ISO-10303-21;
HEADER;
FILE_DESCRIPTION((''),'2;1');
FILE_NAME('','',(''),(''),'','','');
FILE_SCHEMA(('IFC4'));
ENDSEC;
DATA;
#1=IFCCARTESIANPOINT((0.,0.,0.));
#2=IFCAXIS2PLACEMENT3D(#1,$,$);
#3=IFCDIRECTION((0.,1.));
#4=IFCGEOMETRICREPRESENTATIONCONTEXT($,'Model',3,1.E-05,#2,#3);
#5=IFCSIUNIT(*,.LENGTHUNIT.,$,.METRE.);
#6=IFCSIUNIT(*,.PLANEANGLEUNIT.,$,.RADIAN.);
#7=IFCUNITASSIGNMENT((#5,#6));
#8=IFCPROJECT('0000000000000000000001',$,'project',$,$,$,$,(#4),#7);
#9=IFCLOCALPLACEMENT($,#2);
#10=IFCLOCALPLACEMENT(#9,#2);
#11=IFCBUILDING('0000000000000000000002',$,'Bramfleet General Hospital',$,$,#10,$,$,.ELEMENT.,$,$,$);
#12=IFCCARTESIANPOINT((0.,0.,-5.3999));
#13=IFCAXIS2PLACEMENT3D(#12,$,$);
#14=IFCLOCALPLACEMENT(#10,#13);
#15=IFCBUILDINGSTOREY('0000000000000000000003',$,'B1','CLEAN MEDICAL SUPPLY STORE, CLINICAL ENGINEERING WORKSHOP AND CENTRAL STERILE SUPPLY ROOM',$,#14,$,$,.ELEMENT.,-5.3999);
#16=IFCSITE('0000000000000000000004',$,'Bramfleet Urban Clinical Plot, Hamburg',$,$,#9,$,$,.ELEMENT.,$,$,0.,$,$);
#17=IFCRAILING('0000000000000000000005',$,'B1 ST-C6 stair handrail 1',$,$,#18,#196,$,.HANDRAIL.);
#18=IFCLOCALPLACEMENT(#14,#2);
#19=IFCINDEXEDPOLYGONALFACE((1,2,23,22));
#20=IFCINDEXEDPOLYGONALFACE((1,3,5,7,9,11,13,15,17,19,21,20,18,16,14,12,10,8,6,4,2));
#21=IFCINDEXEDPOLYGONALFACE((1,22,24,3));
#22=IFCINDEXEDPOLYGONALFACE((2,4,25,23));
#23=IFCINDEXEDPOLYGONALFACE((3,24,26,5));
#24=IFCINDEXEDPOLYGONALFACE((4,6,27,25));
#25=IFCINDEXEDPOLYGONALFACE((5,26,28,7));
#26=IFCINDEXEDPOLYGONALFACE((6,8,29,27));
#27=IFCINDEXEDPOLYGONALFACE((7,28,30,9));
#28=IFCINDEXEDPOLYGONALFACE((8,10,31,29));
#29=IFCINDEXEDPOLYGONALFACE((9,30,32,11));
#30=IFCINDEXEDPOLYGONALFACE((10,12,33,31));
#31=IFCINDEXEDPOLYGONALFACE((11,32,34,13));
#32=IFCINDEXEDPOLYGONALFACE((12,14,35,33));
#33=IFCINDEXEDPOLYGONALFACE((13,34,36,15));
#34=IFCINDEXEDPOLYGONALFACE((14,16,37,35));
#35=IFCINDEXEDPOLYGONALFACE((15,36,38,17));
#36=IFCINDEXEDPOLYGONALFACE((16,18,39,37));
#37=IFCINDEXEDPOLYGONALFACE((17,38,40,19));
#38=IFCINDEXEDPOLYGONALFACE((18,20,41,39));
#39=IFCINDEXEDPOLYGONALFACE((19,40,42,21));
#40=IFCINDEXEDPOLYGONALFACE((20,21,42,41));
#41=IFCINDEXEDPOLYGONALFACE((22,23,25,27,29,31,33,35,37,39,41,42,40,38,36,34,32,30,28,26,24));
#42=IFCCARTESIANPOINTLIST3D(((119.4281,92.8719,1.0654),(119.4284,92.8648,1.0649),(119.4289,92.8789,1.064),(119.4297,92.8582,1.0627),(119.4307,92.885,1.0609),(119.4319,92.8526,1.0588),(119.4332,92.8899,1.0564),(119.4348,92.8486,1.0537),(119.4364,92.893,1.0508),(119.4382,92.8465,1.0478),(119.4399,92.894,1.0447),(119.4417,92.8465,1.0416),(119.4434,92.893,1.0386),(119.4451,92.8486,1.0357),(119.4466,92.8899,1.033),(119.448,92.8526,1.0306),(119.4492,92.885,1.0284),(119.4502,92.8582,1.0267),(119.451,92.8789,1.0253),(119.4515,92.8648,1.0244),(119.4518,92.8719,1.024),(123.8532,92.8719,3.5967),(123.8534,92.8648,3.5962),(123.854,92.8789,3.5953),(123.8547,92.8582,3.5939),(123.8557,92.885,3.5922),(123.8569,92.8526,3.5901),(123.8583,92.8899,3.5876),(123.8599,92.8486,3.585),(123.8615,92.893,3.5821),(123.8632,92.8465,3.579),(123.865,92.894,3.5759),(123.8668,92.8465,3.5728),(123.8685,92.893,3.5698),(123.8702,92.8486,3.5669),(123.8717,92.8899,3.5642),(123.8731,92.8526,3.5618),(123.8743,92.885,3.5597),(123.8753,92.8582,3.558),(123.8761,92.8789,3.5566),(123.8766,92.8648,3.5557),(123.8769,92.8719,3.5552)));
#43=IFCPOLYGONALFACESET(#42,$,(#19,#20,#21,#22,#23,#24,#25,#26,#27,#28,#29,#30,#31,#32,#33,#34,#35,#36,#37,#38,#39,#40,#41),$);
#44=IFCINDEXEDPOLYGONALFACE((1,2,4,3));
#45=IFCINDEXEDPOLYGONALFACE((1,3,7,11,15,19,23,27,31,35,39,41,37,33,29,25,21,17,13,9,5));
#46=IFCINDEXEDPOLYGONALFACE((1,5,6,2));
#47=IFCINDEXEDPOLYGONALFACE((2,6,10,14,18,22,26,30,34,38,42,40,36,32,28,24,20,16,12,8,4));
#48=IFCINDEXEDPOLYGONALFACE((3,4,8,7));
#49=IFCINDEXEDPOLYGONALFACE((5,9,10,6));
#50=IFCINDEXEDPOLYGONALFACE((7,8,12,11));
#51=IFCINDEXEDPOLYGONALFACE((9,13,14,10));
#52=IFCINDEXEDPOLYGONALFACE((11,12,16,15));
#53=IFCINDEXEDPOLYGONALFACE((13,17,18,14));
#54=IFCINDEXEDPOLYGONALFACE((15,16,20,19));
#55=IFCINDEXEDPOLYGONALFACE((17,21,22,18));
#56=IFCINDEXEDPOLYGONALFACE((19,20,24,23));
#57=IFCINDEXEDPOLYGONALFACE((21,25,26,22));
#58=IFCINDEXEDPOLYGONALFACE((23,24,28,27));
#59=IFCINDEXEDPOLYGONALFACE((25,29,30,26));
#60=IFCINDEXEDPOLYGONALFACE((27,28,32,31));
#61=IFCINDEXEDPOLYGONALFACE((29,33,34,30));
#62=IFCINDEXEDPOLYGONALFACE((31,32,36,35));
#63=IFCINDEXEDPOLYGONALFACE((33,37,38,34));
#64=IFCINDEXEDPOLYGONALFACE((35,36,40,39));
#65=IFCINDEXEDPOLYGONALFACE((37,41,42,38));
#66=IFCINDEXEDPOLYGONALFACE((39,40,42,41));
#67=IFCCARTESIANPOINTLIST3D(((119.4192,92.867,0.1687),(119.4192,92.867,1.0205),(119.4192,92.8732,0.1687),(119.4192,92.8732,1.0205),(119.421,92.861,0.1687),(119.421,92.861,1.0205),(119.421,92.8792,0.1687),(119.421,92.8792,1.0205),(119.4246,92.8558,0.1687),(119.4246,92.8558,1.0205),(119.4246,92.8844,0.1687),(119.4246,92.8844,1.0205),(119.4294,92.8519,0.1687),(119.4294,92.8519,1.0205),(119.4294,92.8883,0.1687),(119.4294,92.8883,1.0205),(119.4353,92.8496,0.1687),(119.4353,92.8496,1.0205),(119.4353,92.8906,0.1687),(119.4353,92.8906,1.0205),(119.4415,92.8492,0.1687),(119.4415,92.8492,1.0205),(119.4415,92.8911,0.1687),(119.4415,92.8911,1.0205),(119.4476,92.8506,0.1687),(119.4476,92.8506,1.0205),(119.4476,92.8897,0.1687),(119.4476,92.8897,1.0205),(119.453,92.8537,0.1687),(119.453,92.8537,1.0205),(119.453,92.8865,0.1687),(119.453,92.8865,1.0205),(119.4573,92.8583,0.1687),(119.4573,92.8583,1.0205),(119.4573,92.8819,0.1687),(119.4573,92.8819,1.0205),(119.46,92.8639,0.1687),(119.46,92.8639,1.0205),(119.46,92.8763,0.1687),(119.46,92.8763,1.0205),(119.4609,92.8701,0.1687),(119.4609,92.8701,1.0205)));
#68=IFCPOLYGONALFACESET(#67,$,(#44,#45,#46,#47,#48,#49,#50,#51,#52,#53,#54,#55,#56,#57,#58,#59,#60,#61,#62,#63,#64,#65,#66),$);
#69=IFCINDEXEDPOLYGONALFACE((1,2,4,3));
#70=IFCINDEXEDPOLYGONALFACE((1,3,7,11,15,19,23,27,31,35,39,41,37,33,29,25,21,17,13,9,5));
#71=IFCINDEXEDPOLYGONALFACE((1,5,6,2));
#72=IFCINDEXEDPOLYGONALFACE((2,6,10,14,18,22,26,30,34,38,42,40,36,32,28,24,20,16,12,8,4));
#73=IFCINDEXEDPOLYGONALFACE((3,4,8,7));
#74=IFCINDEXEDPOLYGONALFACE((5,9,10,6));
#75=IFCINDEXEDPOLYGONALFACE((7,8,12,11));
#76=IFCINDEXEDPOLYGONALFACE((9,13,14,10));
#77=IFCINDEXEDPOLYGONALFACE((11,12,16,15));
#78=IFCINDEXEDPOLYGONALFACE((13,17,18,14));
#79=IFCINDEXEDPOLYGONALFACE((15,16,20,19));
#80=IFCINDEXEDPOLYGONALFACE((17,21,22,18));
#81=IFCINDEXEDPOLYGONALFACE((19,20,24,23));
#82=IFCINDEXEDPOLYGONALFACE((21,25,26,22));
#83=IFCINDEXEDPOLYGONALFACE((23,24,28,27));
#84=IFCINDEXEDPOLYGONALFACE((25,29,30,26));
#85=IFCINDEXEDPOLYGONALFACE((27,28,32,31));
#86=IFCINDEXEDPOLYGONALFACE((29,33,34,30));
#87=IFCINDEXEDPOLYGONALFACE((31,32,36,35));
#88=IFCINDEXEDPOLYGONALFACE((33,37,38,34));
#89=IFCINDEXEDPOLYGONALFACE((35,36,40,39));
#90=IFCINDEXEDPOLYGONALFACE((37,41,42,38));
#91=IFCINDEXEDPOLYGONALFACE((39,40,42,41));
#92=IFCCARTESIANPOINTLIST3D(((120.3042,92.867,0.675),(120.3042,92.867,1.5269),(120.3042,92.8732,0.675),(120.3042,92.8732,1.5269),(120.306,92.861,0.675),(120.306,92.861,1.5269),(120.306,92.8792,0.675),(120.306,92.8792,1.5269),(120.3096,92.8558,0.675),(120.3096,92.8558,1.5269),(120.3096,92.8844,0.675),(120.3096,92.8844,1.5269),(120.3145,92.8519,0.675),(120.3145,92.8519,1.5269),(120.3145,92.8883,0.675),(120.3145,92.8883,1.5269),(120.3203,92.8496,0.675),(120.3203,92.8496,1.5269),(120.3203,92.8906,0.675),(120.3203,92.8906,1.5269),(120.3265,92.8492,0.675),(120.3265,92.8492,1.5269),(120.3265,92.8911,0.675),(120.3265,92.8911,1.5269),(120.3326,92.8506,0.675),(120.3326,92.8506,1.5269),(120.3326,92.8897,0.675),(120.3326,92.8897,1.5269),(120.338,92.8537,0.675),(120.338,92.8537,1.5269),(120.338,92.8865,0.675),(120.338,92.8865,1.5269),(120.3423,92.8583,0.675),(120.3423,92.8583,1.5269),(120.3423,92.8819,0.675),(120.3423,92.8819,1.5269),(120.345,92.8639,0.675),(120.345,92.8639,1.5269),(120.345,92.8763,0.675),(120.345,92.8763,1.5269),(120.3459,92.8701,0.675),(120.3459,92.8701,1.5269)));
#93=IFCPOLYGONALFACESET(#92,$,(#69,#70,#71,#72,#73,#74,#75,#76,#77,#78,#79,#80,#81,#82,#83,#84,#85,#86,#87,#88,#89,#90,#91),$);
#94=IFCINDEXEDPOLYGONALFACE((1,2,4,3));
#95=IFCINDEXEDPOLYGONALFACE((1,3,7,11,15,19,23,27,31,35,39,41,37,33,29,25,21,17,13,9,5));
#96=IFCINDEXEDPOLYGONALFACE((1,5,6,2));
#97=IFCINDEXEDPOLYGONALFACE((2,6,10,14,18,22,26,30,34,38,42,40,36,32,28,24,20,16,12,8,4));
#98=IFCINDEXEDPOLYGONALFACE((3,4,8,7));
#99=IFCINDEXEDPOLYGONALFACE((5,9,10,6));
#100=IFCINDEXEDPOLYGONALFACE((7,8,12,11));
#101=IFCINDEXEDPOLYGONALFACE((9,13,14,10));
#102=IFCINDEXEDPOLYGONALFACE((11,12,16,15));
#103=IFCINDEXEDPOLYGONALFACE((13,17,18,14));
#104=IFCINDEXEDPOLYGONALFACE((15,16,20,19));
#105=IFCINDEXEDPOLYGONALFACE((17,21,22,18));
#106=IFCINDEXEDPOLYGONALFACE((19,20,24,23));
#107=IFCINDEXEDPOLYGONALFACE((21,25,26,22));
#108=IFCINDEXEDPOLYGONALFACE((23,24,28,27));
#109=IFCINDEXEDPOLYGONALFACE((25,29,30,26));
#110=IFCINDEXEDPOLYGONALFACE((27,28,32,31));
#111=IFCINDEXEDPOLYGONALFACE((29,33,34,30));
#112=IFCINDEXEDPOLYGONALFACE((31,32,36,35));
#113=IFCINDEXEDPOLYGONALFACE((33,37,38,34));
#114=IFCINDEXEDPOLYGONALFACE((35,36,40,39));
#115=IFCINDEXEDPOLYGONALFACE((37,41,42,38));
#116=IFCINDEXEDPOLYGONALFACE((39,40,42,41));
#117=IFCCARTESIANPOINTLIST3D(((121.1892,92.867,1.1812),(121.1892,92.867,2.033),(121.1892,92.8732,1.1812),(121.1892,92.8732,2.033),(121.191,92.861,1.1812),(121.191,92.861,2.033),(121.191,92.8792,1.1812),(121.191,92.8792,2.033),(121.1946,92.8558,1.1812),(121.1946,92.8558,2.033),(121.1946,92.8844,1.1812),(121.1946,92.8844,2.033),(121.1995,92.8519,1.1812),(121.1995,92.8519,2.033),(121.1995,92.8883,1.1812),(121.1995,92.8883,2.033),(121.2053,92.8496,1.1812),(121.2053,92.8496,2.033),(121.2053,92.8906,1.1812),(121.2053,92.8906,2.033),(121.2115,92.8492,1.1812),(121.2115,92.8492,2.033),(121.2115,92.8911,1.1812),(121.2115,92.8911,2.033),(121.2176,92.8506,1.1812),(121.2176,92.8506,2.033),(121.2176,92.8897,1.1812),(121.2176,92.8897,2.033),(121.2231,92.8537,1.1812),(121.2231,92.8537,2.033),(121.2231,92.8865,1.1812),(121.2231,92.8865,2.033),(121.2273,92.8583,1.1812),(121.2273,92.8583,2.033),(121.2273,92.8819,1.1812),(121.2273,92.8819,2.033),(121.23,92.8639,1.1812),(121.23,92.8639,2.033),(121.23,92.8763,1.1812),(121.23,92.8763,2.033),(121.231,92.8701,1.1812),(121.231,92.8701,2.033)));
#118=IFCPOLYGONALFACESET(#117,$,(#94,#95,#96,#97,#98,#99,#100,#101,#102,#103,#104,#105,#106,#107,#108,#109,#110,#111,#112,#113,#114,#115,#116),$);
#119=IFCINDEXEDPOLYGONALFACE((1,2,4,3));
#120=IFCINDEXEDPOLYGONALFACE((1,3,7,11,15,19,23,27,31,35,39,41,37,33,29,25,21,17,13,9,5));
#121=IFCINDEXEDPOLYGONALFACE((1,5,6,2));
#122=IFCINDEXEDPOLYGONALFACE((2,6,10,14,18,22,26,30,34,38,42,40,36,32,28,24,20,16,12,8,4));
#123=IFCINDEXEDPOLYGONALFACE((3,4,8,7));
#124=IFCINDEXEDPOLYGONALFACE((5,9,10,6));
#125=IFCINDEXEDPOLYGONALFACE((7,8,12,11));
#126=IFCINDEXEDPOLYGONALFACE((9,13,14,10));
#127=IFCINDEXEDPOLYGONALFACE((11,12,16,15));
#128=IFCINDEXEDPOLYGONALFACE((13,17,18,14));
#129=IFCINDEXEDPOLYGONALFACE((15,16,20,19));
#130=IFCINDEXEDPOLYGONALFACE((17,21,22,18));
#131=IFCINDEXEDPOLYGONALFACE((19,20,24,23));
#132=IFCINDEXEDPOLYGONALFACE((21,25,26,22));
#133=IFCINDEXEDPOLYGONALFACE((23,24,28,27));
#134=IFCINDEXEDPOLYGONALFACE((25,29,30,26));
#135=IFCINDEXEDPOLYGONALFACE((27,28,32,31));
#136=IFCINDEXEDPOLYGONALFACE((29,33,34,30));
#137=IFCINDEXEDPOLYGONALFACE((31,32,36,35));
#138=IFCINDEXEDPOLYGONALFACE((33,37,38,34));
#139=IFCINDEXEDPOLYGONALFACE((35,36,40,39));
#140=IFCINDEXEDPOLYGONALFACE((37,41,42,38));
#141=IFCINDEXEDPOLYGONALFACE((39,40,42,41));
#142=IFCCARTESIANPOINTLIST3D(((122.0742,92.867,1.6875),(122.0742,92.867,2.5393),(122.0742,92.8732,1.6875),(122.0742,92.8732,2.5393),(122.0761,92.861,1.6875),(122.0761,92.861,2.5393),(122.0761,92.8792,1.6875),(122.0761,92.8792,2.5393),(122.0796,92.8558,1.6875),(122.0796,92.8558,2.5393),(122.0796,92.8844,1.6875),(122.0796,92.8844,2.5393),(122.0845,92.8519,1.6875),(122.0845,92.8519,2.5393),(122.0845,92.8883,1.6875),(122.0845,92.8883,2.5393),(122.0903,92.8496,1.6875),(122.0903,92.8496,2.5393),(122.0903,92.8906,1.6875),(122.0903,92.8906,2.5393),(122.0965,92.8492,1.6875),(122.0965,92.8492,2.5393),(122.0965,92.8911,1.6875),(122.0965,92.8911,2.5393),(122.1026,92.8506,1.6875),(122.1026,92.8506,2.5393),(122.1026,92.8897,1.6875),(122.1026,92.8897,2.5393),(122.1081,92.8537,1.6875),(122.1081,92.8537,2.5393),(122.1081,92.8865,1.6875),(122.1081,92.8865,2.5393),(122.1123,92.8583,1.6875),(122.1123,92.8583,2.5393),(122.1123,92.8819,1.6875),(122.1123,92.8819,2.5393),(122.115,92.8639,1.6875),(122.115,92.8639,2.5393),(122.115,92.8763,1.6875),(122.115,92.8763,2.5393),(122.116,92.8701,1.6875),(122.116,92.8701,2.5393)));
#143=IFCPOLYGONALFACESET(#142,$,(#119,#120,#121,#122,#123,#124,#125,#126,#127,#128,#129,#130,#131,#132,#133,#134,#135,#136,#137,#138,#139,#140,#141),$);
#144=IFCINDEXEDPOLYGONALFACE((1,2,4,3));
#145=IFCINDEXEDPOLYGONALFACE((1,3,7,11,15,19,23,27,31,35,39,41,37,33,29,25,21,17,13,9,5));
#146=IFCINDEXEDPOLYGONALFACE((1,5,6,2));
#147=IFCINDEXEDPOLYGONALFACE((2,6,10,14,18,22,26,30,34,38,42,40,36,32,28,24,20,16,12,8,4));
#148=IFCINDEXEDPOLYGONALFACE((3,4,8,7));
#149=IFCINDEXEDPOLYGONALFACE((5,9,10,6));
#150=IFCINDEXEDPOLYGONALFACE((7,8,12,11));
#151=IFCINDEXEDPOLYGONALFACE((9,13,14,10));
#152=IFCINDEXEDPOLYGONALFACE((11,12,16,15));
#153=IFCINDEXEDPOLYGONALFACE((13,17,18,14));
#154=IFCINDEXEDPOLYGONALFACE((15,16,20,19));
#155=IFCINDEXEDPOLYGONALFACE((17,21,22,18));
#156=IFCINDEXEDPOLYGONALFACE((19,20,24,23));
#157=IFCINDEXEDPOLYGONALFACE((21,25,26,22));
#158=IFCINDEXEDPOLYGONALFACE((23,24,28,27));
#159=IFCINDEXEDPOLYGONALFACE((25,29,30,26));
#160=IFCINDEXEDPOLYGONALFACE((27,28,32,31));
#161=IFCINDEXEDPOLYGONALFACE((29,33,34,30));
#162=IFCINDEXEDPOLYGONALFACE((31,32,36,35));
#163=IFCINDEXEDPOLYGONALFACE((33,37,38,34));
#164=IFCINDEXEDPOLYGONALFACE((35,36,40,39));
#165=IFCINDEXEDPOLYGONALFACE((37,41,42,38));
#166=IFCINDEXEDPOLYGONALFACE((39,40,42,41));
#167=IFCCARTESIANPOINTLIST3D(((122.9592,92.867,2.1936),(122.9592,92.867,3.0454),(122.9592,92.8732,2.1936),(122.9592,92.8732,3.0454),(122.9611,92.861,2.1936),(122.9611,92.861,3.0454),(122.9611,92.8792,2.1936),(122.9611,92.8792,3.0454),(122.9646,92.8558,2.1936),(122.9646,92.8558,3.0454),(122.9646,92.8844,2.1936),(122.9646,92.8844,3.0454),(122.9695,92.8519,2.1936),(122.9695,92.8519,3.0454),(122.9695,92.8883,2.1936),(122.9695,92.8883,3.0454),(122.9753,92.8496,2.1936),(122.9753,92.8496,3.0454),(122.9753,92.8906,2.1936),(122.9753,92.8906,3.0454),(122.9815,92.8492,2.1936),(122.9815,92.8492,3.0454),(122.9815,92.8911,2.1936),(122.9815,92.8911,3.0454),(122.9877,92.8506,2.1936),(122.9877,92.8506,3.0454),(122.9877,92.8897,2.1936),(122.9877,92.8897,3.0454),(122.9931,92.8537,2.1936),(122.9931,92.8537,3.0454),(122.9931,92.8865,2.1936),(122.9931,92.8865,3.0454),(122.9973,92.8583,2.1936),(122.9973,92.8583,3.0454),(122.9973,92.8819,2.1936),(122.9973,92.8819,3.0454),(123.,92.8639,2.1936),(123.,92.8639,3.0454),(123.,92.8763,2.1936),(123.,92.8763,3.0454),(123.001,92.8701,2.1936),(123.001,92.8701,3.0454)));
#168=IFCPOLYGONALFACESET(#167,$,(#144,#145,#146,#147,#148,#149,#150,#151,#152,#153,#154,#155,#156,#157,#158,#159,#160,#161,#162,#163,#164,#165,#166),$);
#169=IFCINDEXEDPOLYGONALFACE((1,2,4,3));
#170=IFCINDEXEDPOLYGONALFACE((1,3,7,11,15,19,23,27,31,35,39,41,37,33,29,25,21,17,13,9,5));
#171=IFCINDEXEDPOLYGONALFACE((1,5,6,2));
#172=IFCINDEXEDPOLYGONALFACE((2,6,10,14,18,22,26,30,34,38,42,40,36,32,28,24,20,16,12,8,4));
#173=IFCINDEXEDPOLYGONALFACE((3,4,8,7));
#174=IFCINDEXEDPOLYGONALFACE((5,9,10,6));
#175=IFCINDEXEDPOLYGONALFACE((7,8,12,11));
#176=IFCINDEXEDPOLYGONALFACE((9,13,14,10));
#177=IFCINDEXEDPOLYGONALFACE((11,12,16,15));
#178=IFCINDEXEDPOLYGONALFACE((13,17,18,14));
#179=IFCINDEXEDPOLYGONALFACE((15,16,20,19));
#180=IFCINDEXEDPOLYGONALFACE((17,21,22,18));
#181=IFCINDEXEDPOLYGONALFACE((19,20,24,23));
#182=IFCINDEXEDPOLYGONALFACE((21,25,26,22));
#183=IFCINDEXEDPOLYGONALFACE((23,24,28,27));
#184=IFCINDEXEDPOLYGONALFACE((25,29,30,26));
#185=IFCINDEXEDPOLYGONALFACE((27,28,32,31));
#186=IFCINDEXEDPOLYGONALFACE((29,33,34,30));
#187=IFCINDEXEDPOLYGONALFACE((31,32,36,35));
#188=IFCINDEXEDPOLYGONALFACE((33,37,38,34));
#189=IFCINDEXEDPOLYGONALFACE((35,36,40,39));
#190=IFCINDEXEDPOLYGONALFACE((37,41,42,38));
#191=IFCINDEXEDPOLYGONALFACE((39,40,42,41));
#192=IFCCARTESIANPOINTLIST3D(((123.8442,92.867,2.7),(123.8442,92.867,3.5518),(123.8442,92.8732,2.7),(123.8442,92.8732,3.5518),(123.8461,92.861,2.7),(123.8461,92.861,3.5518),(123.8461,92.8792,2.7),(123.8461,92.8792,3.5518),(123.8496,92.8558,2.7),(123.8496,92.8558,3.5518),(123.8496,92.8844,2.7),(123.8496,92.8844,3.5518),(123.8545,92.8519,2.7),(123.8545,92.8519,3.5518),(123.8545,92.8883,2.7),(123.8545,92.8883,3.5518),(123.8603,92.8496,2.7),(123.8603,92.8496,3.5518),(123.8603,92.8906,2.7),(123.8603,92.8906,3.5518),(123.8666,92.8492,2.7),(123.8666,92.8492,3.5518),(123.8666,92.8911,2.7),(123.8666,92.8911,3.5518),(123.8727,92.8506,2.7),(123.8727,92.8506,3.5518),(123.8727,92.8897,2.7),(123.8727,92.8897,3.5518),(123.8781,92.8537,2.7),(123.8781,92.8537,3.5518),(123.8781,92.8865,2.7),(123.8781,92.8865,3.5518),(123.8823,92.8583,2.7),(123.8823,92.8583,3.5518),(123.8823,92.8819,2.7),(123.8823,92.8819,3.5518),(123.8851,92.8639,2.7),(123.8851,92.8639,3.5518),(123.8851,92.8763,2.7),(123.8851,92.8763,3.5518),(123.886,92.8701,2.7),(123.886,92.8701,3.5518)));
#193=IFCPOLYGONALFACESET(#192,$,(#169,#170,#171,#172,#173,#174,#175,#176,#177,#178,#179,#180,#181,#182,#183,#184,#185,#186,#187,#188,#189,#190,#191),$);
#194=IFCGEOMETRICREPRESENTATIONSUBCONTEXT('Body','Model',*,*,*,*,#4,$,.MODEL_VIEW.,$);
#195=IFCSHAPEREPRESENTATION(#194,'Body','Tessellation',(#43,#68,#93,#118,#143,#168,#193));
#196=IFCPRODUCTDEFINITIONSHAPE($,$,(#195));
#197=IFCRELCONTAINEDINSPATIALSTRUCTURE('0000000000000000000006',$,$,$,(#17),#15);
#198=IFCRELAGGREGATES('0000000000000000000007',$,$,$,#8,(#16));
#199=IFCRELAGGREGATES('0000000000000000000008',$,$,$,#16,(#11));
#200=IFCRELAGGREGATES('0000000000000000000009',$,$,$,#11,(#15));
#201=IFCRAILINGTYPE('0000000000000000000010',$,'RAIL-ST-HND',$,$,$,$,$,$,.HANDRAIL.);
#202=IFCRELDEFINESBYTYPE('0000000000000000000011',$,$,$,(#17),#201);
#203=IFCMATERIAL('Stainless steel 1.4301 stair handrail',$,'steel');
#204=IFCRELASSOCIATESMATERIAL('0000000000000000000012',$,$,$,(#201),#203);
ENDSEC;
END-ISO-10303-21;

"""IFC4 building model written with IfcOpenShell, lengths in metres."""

from ifc_helpers import new_model, si_unit, direction, frame, origin, origin_2d, place, context, subcontext, project, spatial, circle, extrude, material, type_object, element, save


model = new_model("IFC4")

# Units and contexts
model_context = context("Model", 3, precision=1e-05, world=origin(), true_north=direction((0.0, 1.0)))
body_context = subcontext(model_context, "Body", "Model", "MODEL_VIEW")
ifc_project = project(units=[si_unit("LENGTHUNIT", "METRE"), si_unit("PLANEANGLEUNIT", "RADIAN")], contexts=[model_context])

# Site, building, storey
site_placement = place(None, origin())
site = spatial("IfcSite", under=ifc_project, at=site_placement, Name="Bramfleet Urban Clinical Plot, Hamburg", CompositionType="ELEMENT", RefElevation=0.0)
building_placement = place(site_placement, origin())
building = spatial("IfcBuilding", under=site, at=building_placement, Name="Bramfleet General Hospital", CompositionType="ELEMENT")
storey_placement = place(building_placement, frame((0.0, 0.0, -5.3999)))
storey = spatial("IfcBuildingStorey", under=building, at=storey_placement, Name="B1", Description="CLEAN MEDICAL SUPPLY STORE, CLINICAL ENGINEERING WORKSHOP AND CENTRAL STERILE SUPPLY ROOM", CompositionType="ELEMENT", Elevation=-5.3999)

# Railing
ifc_material_1 = material(Name="Stainless steel 1.4301 stair handrail", Category="steel")
railing_type_1 = type_object("IfcRailingType", Name="RAIL-ST-HND", PredefinedType="HANDRAIL", material=ifc_material_1)
railing_1_placement = place(storey_placement, frame((119.4399, 92.8701, 0.1687)))
element("IfcRailing", 1, at=railing_1_placement, inside=storey, type_object=railing_type_1, Name="B1 ST-C6 stair handrail 1", PredefinedType="HANDRAIL", context=body_context, shape_type="SweptSolid", body=[
    extrude(circle(Radius=0.0239, at=origin_2d()), frame((0.0, 0.0, 0.876), z_axis=(0.868019, 0.0, 0.496531), x_axis=(0.0, 1.0, 0.0)), (0.0, 0.0, 1.0), 5.0979),
    extrude(circle(Radius=0.021, at=origin_2d()), origin(), (0.0, 0.0, 1.0), 0.8518),
    extrude(circle(Radius=0.021, at=origin_2d()), frame((0.885, 0.0, 0.5063)), (0.0, 0.0, 1.0), 0.8518),
    extrude(circle(Radius=0.021, at=origin_2d()), frame((1.77, 0.0, 1.0125)), (0.0, 0.0, 1.0), 0.8518),
    extrude(circle(Radius=0.021, at=origin_2d()), frame((2.655, 0.0, 1.5188)), (0.0, 0.0, 1.0), 0.8518),
    extrude(circle(Radius=0.021, at=origin_2d()), frame((3.54, 0.0, 2.0249)), (0.0, 0.0, 1.0), 0.8518),
    extrude(circle(Radius=0.021, at=origin_2d()), frame((4.425, 0.0, 2.5312)), (0.0, 0.0, 1.0), 0.8518),
])

save(model, "model.ifc")
